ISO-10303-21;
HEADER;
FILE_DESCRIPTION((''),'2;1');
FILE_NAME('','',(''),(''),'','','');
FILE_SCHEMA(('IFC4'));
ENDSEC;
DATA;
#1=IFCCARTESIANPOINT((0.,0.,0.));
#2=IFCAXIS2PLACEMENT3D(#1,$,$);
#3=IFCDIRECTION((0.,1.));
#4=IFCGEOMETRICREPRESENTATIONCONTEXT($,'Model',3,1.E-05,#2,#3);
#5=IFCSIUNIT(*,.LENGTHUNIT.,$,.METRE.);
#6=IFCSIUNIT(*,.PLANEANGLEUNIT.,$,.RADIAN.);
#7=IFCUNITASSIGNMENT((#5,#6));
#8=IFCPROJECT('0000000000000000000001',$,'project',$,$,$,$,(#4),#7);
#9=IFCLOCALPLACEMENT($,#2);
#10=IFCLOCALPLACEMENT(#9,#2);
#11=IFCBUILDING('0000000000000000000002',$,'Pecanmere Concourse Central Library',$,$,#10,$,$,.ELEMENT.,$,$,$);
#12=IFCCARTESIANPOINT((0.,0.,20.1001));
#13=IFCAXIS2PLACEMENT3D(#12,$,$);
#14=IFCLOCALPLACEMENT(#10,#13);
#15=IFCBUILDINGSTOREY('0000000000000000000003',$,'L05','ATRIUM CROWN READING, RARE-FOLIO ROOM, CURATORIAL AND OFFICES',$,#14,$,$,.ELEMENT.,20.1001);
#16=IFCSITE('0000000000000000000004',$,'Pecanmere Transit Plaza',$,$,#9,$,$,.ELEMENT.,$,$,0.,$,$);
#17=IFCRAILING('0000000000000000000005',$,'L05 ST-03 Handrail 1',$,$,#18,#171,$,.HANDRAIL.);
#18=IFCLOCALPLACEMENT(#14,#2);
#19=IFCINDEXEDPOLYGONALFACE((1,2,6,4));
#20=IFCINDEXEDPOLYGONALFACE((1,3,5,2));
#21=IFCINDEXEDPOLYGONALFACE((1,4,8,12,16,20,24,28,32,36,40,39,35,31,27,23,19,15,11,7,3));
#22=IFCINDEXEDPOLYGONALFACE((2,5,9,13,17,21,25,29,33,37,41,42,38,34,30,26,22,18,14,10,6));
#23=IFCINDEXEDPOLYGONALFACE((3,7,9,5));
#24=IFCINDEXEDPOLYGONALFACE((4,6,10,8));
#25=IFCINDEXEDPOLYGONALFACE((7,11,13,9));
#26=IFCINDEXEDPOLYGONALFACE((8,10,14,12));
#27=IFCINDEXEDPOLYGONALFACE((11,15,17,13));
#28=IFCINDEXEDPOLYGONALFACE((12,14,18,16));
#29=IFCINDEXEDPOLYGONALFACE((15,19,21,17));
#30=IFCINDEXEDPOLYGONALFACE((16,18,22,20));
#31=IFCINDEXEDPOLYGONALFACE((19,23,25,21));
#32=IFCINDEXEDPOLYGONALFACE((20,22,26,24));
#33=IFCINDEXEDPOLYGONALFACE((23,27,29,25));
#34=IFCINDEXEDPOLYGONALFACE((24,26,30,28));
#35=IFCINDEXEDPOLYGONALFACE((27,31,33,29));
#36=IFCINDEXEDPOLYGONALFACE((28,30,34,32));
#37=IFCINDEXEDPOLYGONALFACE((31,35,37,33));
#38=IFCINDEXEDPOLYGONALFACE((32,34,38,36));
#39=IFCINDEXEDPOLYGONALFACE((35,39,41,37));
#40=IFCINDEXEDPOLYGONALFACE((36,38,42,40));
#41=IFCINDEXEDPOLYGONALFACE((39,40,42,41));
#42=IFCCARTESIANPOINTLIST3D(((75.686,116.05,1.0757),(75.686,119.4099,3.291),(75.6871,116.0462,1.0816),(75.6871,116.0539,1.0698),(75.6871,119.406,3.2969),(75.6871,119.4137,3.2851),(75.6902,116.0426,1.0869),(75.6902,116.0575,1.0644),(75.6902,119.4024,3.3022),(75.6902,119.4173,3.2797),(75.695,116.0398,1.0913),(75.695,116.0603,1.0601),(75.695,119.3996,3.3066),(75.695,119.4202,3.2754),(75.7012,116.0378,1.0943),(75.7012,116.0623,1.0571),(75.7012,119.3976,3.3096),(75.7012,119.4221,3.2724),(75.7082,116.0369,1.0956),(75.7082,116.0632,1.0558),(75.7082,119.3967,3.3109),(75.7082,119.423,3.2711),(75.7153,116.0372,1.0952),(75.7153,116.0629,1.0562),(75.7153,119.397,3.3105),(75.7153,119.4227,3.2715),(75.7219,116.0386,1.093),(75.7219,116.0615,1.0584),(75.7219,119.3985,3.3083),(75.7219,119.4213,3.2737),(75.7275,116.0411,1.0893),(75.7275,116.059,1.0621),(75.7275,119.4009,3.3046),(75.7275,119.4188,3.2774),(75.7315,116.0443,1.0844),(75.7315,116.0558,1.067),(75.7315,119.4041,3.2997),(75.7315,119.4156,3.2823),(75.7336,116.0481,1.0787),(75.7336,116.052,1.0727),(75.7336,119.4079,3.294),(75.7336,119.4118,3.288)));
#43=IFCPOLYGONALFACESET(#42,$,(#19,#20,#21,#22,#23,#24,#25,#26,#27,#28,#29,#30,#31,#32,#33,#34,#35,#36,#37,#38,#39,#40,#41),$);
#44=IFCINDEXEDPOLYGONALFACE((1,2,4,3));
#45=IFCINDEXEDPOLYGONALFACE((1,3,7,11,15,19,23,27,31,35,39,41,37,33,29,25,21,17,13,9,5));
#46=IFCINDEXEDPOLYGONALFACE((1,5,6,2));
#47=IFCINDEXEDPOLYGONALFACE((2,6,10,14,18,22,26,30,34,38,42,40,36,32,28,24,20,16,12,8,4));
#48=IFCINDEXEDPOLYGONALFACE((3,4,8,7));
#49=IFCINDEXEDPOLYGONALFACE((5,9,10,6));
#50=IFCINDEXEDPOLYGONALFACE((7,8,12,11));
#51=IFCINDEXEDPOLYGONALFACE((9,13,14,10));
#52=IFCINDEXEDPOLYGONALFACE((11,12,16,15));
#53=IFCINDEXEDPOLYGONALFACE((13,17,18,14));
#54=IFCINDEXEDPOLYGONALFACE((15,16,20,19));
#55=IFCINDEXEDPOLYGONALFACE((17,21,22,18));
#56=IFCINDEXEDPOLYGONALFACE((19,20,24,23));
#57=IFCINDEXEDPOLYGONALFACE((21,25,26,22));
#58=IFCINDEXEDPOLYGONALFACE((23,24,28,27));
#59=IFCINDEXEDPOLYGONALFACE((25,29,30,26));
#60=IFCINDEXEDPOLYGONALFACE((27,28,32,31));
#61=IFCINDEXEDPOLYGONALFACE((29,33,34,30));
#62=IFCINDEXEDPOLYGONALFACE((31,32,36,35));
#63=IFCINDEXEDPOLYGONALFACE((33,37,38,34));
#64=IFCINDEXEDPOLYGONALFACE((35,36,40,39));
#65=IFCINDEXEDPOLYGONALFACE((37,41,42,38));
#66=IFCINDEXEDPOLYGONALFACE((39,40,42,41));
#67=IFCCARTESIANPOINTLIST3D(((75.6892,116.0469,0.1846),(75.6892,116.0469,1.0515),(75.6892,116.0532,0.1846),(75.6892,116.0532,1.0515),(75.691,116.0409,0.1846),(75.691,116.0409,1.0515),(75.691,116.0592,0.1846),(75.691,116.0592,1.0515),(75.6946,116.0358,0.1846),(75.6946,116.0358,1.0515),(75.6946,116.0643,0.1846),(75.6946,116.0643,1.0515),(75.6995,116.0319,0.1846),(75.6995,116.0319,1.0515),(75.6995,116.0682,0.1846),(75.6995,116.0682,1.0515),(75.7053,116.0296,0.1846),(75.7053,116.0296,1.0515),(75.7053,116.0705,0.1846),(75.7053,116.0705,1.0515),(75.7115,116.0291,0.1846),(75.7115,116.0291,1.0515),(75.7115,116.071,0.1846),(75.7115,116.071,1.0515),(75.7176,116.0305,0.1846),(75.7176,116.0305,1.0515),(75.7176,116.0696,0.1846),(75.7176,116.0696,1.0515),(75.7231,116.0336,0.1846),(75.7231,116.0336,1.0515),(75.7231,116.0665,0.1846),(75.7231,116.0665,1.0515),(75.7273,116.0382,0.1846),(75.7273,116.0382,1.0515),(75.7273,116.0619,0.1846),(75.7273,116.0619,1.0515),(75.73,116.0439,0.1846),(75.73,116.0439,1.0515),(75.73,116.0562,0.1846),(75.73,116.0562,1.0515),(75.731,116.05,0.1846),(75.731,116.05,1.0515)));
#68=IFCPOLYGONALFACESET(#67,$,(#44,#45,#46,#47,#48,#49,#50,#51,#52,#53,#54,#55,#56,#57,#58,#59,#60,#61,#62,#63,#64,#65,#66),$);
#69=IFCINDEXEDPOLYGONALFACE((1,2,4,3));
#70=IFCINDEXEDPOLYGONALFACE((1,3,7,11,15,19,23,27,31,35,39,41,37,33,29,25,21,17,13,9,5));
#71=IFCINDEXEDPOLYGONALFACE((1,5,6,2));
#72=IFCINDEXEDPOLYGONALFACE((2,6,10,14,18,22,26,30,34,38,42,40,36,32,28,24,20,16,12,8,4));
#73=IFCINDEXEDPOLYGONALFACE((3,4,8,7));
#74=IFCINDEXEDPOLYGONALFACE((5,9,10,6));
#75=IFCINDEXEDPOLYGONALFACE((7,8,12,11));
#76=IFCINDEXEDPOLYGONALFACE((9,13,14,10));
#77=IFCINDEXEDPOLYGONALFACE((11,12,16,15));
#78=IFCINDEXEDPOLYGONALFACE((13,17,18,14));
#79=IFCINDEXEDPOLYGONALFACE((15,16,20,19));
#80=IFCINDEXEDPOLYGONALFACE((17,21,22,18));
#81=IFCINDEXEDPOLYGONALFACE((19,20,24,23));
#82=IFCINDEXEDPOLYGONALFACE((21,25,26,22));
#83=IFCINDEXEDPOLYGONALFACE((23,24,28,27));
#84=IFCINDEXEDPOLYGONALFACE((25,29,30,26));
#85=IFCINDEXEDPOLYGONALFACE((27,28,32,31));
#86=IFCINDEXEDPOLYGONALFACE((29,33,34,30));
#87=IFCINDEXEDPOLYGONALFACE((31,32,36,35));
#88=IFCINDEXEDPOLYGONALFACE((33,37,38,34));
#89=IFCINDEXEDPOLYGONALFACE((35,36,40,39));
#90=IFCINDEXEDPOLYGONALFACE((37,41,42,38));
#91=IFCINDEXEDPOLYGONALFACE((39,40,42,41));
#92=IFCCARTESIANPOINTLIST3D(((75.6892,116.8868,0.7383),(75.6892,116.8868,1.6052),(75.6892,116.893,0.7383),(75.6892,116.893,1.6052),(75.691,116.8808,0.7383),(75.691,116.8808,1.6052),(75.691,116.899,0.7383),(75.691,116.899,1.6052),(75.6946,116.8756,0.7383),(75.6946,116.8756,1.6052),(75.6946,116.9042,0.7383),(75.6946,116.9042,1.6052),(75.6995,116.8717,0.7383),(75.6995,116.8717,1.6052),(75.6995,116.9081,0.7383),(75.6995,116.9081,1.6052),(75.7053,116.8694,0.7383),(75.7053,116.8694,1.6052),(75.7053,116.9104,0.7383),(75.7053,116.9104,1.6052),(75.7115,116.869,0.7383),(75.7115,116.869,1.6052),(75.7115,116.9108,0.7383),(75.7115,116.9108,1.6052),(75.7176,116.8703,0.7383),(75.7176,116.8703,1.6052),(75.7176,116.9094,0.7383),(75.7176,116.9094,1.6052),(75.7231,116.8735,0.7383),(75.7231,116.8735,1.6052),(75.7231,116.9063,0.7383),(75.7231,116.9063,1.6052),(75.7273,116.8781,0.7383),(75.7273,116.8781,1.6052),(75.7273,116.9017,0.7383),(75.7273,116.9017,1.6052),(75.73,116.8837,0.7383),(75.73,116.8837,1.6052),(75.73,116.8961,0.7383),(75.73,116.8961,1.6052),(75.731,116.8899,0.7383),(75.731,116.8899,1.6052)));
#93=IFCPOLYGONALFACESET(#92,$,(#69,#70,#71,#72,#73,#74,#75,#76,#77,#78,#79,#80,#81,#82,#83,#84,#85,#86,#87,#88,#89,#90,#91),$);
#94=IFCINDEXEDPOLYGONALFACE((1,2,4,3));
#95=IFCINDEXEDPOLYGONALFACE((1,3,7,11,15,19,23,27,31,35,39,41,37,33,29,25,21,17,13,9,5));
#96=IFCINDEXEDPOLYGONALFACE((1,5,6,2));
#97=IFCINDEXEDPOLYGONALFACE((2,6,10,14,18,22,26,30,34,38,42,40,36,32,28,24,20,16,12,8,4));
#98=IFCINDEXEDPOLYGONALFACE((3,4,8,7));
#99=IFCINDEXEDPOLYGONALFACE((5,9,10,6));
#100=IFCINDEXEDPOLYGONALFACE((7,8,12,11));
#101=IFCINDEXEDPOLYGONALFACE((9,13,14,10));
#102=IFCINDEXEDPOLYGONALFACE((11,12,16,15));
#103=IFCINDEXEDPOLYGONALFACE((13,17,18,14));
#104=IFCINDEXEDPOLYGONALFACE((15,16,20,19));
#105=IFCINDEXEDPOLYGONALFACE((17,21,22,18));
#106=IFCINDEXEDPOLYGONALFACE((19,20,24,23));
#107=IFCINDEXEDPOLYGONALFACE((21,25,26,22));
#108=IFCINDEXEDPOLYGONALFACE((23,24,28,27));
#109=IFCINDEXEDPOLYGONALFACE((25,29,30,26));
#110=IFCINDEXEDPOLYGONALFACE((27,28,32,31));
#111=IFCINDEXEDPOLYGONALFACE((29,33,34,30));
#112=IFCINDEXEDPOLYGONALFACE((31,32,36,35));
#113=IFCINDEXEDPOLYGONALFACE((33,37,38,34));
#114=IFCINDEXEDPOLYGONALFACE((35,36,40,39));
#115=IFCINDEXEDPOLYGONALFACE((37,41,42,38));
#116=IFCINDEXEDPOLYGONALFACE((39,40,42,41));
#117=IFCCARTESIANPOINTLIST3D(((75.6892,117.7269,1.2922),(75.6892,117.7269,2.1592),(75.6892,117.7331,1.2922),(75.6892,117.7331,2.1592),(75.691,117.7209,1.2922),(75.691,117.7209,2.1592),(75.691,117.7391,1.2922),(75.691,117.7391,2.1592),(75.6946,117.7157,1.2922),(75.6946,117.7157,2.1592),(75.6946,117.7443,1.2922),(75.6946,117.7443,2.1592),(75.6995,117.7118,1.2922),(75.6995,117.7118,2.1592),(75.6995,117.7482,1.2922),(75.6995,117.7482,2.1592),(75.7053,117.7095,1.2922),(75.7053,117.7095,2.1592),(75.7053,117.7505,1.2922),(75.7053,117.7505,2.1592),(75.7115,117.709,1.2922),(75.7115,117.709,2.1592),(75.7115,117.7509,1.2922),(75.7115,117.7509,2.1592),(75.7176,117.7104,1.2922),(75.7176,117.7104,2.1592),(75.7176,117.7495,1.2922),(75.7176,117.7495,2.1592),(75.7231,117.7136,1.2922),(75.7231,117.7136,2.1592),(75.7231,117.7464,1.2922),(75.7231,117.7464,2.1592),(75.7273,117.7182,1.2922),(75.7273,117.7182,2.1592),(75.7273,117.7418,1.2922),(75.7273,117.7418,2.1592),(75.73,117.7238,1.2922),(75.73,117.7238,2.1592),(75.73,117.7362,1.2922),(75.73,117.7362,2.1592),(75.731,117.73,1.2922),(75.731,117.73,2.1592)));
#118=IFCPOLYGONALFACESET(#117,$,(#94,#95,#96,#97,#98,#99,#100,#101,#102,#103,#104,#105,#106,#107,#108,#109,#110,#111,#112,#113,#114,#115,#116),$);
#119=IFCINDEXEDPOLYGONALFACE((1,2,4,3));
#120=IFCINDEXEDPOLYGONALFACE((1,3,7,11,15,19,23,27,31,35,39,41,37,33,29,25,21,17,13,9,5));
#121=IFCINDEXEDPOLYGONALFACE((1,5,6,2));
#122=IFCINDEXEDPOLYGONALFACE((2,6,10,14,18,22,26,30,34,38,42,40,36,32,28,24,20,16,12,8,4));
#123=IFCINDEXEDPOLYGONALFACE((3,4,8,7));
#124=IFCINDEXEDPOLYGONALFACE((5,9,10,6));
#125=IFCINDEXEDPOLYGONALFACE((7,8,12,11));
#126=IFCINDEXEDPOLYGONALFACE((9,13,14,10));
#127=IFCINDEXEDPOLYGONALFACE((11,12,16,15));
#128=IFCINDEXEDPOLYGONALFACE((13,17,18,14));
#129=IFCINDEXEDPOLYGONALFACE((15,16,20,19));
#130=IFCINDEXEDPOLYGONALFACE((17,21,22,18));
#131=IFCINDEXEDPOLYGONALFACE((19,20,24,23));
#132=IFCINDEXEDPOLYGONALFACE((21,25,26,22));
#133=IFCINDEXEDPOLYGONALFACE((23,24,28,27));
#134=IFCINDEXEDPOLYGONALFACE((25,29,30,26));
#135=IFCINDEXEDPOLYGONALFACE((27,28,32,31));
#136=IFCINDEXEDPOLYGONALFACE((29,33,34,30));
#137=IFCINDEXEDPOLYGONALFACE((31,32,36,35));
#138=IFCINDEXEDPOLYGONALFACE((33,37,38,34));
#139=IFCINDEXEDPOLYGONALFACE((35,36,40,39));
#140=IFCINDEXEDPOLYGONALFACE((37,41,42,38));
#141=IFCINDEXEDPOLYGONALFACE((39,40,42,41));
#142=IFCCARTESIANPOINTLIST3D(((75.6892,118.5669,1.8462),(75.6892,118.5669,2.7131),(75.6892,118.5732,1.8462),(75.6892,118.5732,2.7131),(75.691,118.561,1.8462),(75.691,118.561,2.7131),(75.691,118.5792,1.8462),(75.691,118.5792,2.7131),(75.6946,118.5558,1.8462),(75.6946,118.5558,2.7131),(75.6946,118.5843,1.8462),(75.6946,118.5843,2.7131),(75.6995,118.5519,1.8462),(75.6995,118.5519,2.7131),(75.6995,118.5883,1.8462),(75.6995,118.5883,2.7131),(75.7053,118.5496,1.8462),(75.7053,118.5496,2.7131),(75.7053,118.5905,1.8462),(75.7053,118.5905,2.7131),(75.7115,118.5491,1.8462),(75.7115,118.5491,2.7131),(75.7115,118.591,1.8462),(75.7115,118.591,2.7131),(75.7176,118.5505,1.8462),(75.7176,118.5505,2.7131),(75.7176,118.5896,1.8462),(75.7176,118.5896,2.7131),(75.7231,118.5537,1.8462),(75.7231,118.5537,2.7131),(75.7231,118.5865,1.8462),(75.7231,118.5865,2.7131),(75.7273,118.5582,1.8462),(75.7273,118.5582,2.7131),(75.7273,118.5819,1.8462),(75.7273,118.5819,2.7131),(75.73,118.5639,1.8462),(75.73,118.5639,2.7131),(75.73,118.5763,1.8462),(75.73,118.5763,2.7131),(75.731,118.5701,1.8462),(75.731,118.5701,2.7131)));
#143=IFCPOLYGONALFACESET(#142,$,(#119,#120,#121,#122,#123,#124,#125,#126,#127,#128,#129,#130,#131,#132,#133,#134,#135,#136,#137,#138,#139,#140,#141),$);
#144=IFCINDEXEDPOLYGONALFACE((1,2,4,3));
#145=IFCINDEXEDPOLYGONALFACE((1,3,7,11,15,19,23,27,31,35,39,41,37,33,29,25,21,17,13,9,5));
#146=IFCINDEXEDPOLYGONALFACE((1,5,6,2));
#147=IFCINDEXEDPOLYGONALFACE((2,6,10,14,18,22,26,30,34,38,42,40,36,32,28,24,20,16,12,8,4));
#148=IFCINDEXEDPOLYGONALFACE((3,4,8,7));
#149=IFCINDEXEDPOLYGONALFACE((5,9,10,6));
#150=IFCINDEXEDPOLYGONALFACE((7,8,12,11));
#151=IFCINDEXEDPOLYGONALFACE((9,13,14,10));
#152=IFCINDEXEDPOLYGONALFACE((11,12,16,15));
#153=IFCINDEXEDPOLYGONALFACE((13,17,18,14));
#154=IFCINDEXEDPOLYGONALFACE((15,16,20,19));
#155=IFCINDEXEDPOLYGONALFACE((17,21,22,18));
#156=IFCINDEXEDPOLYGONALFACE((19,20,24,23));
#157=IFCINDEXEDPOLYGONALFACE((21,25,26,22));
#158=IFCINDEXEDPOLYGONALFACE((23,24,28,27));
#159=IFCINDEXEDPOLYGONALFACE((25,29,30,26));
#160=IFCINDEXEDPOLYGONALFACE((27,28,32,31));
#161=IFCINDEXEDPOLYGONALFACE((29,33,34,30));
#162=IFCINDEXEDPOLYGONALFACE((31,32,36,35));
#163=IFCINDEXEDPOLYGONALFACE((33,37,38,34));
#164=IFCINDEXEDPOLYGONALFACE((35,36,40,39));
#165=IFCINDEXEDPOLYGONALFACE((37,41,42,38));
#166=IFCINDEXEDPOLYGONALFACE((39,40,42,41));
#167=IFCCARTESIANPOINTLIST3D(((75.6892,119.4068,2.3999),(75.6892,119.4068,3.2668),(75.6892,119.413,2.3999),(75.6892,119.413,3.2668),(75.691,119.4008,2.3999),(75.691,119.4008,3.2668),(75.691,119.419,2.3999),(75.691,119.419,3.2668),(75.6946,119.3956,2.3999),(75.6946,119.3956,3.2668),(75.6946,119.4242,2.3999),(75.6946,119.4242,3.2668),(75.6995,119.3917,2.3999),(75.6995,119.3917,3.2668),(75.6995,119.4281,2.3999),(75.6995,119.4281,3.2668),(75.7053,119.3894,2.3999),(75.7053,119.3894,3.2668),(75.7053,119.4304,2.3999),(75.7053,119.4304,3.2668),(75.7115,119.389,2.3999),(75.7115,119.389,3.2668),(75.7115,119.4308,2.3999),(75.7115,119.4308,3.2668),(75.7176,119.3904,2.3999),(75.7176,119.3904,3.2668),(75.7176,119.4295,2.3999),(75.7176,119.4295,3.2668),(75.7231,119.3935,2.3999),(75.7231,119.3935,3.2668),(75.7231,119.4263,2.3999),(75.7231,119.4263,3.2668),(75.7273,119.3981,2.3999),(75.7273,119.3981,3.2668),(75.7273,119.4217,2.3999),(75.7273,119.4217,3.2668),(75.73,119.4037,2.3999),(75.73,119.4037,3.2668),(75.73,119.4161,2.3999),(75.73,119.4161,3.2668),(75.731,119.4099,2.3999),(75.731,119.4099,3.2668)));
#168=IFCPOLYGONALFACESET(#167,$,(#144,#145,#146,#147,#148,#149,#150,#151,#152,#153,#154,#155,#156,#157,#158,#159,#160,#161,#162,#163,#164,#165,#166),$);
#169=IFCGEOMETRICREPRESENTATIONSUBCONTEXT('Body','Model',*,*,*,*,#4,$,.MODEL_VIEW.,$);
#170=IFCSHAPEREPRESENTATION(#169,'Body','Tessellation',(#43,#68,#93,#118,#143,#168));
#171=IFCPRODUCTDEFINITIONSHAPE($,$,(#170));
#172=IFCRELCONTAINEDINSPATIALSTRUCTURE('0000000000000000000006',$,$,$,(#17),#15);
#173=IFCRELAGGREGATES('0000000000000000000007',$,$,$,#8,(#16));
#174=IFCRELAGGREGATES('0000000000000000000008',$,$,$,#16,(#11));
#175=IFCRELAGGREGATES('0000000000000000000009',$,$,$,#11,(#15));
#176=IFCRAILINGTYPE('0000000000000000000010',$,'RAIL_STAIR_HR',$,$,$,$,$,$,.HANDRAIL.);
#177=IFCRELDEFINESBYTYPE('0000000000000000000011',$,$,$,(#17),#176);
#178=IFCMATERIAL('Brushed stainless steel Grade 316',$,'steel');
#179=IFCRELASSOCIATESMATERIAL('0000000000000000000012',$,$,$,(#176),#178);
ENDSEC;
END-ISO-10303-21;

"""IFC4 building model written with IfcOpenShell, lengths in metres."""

from ifc_helpers import new_model, si_unit, direction, frame, origin, origin_2d, place, context, subcontext, project, spatial, circle, extrude, material, type_object, element, save


model = new_model("IFC4")

# Units and contexts
model_context = context("Model", 3, precision=1e-05, world=origin(), true_north=direction((0.0, 1.0)))
body_context = subcontext(model_context, "Body", "Model", "MODEL_VIEW")
ifc_project = project(units=[si_unit("LENGTHUNIT", "METRE"), si_unit("PLANEANGLEUNIT", "RADIAN")], contexts=[model_context])

# Site, building, storey
site_placement = place(None, origin())
site = spatial("IfcSite", under=ifc_project, at=site_placement, Name="Pecanmere Transit Plaza", CompositionType="ELEMENT", RefElevation=0.0)
building_placement = place(site_placement, origin())
building = spatial("IfcBuilding", under=site, at=building_placement, Name="Pecanmere Concourse Central Library", CompositionType="ELEMENT")
storey_placement = place(building_placement, frame((0.0, 0.0, 20.1001)))
storey = spatial("IfcBuildingStorey", under=building, at=storey_placement, Name="L05", Description="ATRIUM CROWN READING, RARE-FOLIO ROOM, CURATORIAL AND OFFICES", CompositionType="ELEMENT", Elevation=20.1001)

# Railing
ifc_material_1 = material(Name="Brushed stainless steel Grade 316", Category="steel")
railing_type_1 = type_object("IfcRailingType", Name="RAIL_STAIR_HR", PredefinedType="HANDRAIL", material=ifc_material_1)
railing_1_placement = place(storey_placement, frame((75.71, 116.05, 0.1846)))
element("IfcRailing", 1, at=railing_1_placement, inside=storey, type_object=railing_type_1, Name="L05 ST-03 Handrail 1", PredefinedType="HANDRAIL", context=body_context, shape_type="SweptSolid", body=[
    extrude(circle(Radius=0.0239, at=origin_2d()), frame((0.0, 0.0, 0.8911), z_axis=(0.0, 0.834858, 0.550465), x_axis=(-1.0, 0.0, 0.0)), (0.0, 0.0, 1.0), 4.0244),
    extrude(circle(Radius=0.021, at=origin_2d()), origin(), (0.0, 0.0, 1.0), 0.8669),
    extrude(circle(Radius=0.021, at=origin_2d()), frame((0.0, 0.8398, 0.5537)), (0.0, 0.0, 1.0), 0.8669),
    extrude(circle(Radius=0.021, at=origin_2d()), frame((0.0, 1.6799, 1.1077)), (0.0, 0.0, 1.0), 0.8669),
    extrude(circle(Radius=0.021, at=origin_2d()), frame((0.0, 2.52, 1.6616)), (0.0, 0.0, 1.0), 0.8669),
    extrude(circle(Radius=0.021, at=origin_2d()), frame((0.0, 3.3599, 2.2153)), (0.0, 0.0, 1.0), 0.8669),
])

save(model, "model.ifc")
